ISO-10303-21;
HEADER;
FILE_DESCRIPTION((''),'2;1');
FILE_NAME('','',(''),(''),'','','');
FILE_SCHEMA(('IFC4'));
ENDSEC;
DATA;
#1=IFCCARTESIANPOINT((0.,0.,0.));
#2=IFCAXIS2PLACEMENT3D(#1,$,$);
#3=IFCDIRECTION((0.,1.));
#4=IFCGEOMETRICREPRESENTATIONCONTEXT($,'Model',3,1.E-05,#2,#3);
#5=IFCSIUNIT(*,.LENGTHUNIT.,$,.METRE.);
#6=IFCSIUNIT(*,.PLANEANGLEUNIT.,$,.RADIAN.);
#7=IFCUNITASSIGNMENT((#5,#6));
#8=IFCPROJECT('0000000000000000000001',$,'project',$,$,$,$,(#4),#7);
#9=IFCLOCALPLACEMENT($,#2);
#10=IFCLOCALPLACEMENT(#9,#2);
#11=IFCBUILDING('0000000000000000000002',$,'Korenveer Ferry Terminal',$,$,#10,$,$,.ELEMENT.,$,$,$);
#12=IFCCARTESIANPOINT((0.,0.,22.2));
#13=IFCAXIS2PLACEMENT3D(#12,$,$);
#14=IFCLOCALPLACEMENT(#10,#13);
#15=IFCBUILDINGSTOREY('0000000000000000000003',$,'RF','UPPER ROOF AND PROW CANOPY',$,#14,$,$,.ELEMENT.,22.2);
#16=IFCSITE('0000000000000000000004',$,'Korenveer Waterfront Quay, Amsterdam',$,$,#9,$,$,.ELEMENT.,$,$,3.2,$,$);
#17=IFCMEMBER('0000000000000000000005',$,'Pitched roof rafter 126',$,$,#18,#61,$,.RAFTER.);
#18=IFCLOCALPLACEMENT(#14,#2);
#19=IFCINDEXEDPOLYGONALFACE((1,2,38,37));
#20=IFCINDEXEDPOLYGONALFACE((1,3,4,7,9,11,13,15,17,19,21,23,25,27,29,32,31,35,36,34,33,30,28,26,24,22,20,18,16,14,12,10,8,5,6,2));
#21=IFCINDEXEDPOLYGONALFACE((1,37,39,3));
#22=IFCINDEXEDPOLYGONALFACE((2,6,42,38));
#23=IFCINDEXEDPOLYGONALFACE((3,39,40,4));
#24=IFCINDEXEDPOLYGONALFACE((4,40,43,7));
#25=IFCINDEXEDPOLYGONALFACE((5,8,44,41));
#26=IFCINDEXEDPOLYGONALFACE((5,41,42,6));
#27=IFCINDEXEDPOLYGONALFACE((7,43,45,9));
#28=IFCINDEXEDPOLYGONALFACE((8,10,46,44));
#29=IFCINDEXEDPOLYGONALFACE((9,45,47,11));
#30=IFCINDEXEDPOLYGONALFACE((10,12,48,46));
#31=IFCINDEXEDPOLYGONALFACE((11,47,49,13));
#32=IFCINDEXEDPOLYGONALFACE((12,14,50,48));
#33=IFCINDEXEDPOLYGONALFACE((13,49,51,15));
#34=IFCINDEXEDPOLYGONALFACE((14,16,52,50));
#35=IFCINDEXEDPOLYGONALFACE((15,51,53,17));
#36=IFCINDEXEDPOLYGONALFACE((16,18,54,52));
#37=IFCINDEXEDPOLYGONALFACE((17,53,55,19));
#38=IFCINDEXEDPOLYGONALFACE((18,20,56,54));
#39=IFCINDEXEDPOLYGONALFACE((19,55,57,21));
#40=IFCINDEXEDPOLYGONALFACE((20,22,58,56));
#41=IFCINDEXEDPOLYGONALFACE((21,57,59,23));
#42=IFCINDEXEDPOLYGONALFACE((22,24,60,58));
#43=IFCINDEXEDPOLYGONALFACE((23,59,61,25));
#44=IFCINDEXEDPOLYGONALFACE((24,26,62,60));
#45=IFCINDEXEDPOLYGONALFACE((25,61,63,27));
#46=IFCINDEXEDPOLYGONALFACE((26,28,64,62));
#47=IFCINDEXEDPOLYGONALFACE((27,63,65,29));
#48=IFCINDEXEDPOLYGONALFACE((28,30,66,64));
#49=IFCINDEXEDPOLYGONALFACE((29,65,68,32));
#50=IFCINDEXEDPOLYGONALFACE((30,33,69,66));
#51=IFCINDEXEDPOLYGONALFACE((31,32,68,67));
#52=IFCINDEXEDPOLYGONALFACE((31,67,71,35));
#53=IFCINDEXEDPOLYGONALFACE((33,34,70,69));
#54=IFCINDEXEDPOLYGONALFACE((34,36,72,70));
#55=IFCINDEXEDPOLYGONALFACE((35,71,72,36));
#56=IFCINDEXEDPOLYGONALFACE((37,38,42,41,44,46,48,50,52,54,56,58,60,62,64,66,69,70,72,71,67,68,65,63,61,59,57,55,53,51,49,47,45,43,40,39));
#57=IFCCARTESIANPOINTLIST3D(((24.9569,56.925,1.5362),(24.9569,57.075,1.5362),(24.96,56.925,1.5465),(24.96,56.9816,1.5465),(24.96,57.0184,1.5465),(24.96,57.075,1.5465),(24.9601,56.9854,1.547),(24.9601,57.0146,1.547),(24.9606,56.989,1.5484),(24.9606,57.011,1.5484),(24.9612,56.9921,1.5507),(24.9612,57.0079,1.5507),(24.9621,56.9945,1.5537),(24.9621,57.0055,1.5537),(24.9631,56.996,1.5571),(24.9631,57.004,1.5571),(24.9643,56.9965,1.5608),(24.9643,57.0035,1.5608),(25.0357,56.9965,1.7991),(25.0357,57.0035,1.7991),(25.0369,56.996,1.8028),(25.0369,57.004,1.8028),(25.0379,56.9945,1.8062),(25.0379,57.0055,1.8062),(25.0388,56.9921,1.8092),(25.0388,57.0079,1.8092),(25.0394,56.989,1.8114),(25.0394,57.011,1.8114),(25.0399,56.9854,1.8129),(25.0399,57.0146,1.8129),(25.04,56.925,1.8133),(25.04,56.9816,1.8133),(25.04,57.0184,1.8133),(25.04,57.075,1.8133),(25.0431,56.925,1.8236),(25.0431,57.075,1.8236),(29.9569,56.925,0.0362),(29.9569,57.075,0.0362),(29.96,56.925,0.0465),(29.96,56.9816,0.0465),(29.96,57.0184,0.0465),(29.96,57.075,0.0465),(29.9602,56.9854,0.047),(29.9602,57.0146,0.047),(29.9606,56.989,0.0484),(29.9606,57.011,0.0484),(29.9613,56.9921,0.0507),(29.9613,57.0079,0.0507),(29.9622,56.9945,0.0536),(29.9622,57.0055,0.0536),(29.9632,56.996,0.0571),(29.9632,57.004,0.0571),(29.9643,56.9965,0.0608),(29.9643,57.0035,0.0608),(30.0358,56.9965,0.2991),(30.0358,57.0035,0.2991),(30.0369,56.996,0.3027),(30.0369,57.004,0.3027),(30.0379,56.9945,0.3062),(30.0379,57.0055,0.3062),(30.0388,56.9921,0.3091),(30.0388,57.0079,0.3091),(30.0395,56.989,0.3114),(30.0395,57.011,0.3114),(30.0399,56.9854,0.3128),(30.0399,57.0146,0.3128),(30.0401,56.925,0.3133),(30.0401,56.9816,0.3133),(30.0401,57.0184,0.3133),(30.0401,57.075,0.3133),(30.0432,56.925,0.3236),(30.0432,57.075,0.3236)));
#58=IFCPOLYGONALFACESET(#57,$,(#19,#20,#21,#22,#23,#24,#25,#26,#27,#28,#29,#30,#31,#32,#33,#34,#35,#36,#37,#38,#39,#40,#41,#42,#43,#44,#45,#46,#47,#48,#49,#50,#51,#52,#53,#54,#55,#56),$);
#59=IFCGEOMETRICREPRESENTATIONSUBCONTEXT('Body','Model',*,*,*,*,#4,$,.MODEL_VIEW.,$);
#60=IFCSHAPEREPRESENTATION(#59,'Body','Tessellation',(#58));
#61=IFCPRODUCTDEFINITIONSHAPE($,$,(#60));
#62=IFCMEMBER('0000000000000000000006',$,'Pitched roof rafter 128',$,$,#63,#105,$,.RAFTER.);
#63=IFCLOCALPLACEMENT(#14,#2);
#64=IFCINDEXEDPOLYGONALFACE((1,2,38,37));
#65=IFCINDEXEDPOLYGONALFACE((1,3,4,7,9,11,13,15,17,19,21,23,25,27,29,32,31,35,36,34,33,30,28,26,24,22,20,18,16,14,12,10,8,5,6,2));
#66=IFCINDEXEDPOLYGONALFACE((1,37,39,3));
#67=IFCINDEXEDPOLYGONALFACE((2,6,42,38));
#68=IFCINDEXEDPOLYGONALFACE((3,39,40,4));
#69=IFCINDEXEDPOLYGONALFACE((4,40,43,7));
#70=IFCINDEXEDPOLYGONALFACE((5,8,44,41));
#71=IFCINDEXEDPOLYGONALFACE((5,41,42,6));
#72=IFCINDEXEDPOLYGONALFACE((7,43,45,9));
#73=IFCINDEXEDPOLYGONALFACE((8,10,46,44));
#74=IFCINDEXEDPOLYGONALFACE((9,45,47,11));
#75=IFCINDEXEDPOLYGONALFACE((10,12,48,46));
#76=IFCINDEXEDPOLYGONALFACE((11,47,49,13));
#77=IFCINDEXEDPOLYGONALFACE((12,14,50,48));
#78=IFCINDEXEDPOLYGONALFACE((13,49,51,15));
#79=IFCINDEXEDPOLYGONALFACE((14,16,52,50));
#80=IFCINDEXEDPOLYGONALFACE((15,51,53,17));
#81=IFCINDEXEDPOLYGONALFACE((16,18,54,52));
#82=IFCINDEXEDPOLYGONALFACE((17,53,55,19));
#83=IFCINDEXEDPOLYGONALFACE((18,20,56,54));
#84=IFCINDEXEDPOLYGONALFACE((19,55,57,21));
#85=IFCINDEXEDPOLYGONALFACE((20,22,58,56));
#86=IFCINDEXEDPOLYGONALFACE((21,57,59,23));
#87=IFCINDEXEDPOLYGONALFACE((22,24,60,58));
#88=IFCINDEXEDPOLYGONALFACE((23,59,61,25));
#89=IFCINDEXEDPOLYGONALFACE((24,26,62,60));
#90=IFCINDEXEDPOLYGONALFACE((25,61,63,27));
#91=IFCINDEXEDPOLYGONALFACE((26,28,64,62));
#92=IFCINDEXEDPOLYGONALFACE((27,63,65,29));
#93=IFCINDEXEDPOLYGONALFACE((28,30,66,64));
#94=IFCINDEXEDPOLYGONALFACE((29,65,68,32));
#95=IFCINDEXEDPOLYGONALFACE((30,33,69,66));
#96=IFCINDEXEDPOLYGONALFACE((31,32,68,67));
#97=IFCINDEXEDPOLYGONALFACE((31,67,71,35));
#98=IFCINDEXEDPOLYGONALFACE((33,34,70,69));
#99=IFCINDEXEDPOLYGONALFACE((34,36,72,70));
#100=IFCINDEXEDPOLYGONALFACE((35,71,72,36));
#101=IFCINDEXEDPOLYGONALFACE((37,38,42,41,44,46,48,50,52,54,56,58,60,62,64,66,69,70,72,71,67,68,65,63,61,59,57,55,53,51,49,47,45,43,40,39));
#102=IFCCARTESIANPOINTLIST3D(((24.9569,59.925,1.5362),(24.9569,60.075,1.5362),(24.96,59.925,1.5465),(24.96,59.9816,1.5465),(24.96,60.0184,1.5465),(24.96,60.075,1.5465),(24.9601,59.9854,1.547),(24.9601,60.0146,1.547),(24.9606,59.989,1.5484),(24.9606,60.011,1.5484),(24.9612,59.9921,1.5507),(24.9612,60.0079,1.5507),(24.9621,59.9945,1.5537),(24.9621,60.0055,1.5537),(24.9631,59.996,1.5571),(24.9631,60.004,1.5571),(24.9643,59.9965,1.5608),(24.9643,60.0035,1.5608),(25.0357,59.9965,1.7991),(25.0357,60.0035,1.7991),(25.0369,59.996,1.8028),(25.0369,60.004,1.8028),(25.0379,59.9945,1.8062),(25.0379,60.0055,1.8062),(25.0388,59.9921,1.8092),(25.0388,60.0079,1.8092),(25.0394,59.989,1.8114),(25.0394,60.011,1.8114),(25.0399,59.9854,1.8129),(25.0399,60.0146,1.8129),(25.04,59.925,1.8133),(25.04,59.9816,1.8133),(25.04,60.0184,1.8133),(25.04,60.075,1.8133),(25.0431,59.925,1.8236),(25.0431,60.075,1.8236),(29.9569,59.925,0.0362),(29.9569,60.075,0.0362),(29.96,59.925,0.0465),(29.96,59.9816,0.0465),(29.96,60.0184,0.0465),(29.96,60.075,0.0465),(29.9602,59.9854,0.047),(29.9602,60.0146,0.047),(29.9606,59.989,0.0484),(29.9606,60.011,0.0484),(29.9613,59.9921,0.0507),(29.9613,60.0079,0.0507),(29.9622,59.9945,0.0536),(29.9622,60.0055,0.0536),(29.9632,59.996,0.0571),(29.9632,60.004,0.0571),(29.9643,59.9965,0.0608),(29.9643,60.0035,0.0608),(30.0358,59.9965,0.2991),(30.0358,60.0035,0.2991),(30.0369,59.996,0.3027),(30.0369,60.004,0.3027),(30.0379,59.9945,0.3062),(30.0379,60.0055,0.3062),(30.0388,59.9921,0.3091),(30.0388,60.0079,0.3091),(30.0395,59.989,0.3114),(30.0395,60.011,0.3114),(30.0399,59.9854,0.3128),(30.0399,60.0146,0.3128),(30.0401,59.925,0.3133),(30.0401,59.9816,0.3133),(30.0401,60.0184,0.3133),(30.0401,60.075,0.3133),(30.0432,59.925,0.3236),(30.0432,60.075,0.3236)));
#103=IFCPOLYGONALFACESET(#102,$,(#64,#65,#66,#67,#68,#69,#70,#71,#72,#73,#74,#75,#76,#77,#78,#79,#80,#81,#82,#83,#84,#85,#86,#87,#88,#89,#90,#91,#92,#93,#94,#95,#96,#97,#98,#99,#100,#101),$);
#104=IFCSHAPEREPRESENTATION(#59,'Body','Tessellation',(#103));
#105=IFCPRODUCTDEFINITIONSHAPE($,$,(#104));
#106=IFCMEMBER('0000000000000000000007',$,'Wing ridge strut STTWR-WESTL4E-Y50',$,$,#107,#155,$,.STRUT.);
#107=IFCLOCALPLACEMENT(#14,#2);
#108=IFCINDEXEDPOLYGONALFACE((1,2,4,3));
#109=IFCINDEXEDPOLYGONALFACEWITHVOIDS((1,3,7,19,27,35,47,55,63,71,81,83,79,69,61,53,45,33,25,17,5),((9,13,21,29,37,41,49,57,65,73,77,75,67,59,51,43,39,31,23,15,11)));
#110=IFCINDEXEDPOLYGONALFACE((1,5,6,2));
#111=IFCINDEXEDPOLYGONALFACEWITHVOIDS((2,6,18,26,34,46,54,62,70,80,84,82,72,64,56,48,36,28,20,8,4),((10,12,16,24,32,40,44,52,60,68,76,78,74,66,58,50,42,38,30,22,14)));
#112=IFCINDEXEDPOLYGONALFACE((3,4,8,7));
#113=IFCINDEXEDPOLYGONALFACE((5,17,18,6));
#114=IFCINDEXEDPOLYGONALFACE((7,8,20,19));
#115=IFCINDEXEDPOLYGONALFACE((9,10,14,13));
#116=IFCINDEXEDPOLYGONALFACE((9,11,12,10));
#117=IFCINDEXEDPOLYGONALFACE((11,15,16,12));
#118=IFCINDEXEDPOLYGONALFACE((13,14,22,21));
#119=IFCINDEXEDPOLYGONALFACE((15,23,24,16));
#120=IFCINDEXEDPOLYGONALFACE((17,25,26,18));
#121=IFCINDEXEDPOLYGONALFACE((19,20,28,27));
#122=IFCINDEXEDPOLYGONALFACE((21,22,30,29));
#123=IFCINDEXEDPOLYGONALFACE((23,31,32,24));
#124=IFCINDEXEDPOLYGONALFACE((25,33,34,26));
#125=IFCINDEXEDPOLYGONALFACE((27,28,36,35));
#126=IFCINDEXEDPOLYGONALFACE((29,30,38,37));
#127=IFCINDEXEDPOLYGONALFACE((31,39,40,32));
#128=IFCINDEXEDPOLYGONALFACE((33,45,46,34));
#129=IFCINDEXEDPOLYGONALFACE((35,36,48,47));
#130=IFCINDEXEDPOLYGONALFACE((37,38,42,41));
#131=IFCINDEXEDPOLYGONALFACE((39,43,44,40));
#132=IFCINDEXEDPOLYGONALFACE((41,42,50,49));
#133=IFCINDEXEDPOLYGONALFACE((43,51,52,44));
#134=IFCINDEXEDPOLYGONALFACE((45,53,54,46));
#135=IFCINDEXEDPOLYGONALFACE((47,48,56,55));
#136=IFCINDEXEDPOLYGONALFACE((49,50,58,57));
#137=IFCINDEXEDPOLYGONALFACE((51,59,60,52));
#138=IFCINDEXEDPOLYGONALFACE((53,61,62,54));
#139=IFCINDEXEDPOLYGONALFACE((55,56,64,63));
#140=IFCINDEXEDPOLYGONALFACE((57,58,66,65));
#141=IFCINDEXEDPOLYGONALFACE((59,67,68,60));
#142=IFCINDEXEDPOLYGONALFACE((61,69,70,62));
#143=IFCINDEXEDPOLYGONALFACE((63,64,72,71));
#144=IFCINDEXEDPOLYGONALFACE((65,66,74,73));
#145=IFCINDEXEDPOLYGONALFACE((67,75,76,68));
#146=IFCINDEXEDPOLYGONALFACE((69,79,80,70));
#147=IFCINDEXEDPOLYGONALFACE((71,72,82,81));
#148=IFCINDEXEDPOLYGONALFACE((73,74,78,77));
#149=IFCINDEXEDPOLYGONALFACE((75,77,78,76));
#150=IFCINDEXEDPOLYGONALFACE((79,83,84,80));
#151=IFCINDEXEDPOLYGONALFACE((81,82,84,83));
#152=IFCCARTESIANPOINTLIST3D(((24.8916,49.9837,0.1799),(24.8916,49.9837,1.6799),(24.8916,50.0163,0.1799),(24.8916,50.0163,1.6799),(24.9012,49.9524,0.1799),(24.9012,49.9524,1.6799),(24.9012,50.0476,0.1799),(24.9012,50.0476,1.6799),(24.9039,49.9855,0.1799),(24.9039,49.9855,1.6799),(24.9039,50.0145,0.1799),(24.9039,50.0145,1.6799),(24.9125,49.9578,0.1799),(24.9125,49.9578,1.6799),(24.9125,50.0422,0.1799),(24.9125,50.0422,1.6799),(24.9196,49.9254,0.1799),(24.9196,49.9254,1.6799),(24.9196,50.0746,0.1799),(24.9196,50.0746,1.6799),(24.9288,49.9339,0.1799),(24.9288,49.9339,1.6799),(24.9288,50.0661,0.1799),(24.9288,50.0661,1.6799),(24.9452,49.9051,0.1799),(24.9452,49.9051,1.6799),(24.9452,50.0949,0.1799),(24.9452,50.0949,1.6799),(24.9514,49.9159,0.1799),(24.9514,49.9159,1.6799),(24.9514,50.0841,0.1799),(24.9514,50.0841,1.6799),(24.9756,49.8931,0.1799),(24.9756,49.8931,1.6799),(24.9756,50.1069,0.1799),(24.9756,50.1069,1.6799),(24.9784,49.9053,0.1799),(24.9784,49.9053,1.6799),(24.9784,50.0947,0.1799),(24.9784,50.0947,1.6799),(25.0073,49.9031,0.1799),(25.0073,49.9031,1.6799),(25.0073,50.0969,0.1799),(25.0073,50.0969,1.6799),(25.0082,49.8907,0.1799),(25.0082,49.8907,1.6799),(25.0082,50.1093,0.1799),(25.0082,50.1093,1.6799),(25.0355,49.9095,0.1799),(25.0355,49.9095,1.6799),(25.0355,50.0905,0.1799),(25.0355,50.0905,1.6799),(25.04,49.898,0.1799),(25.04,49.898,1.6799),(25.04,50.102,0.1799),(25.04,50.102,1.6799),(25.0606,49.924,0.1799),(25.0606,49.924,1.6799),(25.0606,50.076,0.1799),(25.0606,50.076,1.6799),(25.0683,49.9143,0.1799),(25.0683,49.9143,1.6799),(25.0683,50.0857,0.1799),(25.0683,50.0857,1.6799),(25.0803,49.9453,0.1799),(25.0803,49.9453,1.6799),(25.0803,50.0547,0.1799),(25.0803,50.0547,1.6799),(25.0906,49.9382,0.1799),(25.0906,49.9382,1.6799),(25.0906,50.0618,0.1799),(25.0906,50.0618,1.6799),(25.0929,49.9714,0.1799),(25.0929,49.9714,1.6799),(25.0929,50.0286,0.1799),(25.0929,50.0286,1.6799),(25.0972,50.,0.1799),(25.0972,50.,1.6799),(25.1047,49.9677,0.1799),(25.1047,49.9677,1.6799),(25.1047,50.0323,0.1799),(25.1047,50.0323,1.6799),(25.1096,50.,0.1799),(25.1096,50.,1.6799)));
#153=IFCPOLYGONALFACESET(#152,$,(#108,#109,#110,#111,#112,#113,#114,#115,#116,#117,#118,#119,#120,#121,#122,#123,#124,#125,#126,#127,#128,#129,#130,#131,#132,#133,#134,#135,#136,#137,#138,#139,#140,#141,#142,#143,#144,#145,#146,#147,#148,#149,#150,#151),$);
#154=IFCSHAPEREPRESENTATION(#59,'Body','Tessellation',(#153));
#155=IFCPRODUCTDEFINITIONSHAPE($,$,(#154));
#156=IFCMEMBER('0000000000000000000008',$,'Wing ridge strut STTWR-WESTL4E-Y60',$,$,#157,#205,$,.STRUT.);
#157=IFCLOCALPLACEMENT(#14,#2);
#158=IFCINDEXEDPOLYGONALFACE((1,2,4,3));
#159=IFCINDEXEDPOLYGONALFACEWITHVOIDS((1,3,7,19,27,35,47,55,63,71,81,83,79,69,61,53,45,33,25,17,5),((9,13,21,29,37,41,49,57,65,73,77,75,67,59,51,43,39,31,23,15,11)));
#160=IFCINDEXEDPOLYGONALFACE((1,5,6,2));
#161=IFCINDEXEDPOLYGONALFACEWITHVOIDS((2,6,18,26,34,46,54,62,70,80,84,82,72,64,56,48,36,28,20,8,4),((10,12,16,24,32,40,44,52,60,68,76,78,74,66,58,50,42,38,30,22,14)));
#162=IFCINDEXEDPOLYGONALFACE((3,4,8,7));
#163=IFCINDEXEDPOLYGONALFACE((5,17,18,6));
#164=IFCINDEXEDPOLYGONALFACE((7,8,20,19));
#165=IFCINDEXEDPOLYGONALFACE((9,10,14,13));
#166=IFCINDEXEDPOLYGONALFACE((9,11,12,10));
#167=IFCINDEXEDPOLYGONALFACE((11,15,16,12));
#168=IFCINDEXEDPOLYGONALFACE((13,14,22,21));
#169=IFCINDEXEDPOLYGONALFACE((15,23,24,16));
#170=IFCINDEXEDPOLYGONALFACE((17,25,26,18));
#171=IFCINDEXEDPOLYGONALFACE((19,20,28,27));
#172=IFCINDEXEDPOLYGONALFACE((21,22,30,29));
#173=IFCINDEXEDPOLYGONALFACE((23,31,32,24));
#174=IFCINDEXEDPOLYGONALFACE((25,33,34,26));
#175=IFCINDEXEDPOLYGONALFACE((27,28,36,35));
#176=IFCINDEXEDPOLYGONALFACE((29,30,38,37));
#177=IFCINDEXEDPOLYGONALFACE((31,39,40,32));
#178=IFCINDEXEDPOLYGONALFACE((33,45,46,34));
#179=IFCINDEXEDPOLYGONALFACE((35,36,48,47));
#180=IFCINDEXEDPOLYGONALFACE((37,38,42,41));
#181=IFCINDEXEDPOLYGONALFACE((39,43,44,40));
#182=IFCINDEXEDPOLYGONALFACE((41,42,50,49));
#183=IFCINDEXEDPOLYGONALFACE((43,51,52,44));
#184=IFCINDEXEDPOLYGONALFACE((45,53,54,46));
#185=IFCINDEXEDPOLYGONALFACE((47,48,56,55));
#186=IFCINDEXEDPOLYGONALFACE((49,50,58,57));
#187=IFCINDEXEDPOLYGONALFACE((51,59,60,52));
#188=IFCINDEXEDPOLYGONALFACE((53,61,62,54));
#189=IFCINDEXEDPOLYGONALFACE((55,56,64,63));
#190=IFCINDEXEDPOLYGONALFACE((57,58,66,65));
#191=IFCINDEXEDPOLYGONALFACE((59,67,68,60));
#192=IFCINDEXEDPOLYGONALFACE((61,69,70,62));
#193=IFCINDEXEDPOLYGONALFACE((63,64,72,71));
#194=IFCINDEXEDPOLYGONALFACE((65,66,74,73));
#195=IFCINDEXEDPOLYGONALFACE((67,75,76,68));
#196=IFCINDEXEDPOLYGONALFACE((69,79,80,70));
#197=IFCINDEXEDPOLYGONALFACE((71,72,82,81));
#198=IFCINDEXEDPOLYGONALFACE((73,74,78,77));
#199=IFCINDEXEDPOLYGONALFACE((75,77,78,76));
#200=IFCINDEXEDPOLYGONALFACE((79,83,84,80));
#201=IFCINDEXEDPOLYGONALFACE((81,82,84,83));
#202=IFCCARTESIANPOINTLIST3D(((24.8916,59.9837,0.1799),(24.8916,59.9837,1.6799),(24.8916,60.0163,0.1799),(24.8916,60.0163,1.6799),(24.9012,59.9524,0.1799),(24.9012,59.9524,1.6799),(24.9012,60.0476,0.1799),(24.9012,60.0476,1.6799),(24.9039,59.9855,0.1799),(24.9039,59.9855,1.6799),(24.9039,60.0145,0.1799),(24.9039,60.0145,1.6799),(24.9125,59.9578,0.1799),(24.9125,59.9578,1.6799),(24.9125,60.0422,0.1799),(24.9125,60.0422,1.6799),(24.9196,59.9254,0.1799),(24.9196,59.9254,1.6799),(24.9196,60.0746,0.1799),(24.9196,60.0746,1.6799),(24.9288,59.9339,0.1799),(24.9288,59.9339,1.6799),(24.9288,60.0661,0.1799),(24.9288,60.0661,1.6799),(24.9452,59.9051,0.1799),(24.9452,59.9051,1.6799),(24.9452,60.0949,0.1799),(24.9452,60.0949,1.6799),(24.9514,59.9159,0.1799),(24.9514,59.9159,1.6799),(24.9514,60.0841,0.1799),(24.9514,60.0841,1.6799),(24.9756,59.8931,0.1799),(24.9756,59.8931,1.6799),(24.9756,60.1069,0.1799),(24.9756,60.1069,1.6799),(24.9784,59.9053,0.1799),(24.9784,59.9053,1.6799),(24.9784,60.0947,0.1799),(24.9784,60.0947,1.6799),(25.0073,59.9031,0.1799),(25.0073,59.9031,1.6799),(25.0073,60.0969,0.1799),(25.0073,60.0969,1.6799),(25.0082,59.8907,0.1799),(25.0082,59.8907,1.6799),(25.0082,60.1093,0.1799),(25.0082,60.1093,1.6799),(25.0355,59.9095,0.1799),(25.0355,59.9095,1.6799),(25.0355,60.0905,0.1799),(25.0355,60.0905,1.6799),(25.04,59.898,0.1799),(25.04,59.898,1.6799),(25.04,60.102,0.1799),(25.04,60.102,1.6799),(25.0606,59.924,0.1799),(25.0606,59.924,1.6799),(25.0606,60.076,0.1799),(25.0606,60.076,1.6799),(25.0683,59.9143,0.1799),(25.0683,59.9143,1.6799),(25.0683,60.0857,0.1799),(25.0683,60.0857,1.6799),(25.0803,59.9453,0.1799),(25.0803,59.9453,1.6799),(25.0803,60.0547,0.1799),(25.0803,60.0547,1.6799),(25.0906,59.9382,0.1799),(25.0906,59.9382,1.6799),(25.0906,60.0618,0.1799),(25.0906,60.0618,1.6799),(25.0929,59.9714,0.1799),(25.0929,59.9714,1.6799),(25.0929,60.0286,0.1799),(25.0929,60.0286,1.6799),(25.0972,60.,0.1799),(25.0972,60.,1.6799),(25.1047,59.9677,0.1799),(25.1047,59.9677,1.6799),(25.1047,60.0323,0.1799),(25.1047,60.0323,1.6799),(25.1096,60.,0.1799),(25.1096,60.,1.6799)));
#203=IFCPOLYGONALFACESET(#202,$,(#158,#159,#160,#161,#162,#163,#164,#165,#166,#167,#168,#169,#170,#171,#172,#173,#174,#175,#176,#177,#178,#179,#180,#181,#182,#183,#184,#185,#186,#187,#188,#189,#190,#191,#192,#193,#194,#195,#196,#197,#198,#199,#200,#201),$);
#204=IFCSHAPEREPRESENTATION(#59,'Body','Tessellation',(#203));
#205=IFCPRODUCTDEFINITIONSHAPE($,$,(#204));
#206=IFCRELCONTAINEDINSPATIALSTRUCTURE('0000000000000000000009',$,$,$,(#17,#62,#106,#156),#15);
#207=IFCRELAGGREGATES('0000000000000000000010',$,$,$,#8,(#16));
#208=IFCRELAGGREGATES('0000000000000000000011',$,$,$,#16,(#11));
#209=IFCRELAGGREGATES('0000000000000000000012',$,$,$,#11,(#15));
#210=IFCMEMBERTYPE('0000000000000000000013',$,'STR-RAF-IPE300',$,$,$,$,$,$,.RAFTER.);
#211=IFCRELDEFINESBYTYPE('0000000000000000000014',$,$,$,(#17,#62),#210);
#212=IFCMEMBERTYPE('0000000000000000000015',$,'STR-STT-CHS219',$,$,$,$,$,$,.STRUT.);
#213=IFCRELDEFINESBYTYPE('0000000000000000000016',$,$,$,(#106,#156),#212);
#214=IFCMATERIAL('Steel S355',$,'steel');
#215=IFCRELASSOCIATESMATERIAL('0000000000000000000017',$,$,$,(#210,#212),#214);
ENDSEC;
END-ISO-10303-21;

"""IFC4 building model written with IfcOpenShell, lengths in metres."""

from ifc_helpers import new_model, si_unit, direction, frame, origin, origin_2d, place, context, subcontext, project, spatial, hollow_circle, i_section, extrude, material, material_profile, profile_set, type_object, element, save


model = new_model("IFC4")

# Units and contexts
model_context = context("Model", 3, precision=1e-05, world=origin(), true_north=direction((0.0, 1.0)))
body_context = subcontext(model_context, "Body", "Model", "MODEL_VIEW")
ifc_project = project(units=[si_unit("LENGTHUNIT", "METRE"), si_unit("PLANEANGLEUNIT", "RADIAN")], contexts=[model_context])

# Site, building, storey
site_placement = place(None, origin())
site = spatial("IfcSite", under=ifc_project, at=site_placement, Name="Korenveer Waterfront Quay, Amsterdam", CompositionType="ELEMENT", RefElevation=3.2)
building_placement = place(site_placement, origin())
building = spatial("IfcBuilding", under=site, at=building_placement, Name="Korenveer Ferry Terminal", CompositionType="ELEMENT")
storey_placement = place(building_placement, frame((0.0, 0.0, 22.2)))
storey = spatial("IfcBuildingStorey", under=building, at=storey_placement, Name="RF", Description="UPPER ROOF AND PROW CANOPY", CompositionType="ELEMENT", Elevation=22.2)

# Shared definitions
ifc_material_1 = material(Name="Steel S355", Category="steel")

# Members
ifc_material_profile_1 = material_profile(ifc_material_1, i_section(OverallWidth=0.1499, OverallDepth=0.3, WebThickness=0.0071, FlangeThickness=0.0107, FilletRadius=0.0149, at=origin_2d()), Name="IPE 300")
ifc_profile_set_1 = profile_set([ifc_material_profile_1], Name="Steel S355")
member_type_1 = type_object("IfcMemberType", Name="STR-RAF-IPE300", PredefinedType="RAFTER", material=ifc_profile_set_1)
for number, where, z_axis, x_axis, name in (
    (1, (25.0, 57.0, 1.6799), (0.957826, 0.0, -0.287348), (0.0, 1.0, 0.0), "Pitched roof rafter 126"),
    (2, (25.0, 60.0, 1.6799), (0.957826, 0.0, -0.287348), (0.0, 1.0, 0.0), "Pitched roof rafter 128"),
):
    element("IfcMember", number, at=place(storey_placement, frame(where, z_axis=z_axis, x_axis=x_axis)), inside=storey, type_object=member_type_1, Name=name, PredefinedType="RAFTER", context=body_context, shape_type="SweptSolid", body=[
        extrude(i_section(OverallWidth=0.1499, OverallDepth=0.3, WebThickness=0.0071, FlangeThickness=0.0107, FilletRadius=0.0149, at=origin_2d()), origin(), (0.0, 0.0, 1.0), 5.2202),
    ])
ifc_material_profile_2 = material_profile(ifc_material_1, hollow_circle(Radius=0.1096, WallThickness=0.0125, at=origin_2d()), Name="CHS 219.1x12.5")
ifc_profile_set_2 = profile_set([ifc_material_profile_2], Name="Steel S355")
member_type_2 = type_object("IfcMemberType", Name="STR-STT-CHS219", PredefinedType="STRUT", material=ifc_profile_set_2)
for number, where, z_axis, x_axis, name in (
    (3, (25.0, 50.0, 0.1799), (0.0, 0.0, 1.0), (1.0, 0.0, 0.0), "Wing ridge strut STTWR-WESTL4E-Y50"),
    (4, (25.0, 60.0, 0.1799), (0.0, 0.0, 1.0), (1.0, 0.0, 0.0), "Wing ridge strut STTWR-WESTL4E-Y60"),
):
    element("IfcMember", number, at=place(storey_placement, frame(where, z_axis=z_axis, x_axis=x_axis)), inside=storey, type_object=member_type_2, Name=name, PredefinedType="STRUT", context=body_context, shape_type="SweptSolid", body=[
        extrude(hollow_circle(Radius=0.1096, WallThickness=0.0125, at=origin_2d()), origin(), (0.0, 0.0, 1.0), 1.5),
    ])

save(model, "model.ifc")
